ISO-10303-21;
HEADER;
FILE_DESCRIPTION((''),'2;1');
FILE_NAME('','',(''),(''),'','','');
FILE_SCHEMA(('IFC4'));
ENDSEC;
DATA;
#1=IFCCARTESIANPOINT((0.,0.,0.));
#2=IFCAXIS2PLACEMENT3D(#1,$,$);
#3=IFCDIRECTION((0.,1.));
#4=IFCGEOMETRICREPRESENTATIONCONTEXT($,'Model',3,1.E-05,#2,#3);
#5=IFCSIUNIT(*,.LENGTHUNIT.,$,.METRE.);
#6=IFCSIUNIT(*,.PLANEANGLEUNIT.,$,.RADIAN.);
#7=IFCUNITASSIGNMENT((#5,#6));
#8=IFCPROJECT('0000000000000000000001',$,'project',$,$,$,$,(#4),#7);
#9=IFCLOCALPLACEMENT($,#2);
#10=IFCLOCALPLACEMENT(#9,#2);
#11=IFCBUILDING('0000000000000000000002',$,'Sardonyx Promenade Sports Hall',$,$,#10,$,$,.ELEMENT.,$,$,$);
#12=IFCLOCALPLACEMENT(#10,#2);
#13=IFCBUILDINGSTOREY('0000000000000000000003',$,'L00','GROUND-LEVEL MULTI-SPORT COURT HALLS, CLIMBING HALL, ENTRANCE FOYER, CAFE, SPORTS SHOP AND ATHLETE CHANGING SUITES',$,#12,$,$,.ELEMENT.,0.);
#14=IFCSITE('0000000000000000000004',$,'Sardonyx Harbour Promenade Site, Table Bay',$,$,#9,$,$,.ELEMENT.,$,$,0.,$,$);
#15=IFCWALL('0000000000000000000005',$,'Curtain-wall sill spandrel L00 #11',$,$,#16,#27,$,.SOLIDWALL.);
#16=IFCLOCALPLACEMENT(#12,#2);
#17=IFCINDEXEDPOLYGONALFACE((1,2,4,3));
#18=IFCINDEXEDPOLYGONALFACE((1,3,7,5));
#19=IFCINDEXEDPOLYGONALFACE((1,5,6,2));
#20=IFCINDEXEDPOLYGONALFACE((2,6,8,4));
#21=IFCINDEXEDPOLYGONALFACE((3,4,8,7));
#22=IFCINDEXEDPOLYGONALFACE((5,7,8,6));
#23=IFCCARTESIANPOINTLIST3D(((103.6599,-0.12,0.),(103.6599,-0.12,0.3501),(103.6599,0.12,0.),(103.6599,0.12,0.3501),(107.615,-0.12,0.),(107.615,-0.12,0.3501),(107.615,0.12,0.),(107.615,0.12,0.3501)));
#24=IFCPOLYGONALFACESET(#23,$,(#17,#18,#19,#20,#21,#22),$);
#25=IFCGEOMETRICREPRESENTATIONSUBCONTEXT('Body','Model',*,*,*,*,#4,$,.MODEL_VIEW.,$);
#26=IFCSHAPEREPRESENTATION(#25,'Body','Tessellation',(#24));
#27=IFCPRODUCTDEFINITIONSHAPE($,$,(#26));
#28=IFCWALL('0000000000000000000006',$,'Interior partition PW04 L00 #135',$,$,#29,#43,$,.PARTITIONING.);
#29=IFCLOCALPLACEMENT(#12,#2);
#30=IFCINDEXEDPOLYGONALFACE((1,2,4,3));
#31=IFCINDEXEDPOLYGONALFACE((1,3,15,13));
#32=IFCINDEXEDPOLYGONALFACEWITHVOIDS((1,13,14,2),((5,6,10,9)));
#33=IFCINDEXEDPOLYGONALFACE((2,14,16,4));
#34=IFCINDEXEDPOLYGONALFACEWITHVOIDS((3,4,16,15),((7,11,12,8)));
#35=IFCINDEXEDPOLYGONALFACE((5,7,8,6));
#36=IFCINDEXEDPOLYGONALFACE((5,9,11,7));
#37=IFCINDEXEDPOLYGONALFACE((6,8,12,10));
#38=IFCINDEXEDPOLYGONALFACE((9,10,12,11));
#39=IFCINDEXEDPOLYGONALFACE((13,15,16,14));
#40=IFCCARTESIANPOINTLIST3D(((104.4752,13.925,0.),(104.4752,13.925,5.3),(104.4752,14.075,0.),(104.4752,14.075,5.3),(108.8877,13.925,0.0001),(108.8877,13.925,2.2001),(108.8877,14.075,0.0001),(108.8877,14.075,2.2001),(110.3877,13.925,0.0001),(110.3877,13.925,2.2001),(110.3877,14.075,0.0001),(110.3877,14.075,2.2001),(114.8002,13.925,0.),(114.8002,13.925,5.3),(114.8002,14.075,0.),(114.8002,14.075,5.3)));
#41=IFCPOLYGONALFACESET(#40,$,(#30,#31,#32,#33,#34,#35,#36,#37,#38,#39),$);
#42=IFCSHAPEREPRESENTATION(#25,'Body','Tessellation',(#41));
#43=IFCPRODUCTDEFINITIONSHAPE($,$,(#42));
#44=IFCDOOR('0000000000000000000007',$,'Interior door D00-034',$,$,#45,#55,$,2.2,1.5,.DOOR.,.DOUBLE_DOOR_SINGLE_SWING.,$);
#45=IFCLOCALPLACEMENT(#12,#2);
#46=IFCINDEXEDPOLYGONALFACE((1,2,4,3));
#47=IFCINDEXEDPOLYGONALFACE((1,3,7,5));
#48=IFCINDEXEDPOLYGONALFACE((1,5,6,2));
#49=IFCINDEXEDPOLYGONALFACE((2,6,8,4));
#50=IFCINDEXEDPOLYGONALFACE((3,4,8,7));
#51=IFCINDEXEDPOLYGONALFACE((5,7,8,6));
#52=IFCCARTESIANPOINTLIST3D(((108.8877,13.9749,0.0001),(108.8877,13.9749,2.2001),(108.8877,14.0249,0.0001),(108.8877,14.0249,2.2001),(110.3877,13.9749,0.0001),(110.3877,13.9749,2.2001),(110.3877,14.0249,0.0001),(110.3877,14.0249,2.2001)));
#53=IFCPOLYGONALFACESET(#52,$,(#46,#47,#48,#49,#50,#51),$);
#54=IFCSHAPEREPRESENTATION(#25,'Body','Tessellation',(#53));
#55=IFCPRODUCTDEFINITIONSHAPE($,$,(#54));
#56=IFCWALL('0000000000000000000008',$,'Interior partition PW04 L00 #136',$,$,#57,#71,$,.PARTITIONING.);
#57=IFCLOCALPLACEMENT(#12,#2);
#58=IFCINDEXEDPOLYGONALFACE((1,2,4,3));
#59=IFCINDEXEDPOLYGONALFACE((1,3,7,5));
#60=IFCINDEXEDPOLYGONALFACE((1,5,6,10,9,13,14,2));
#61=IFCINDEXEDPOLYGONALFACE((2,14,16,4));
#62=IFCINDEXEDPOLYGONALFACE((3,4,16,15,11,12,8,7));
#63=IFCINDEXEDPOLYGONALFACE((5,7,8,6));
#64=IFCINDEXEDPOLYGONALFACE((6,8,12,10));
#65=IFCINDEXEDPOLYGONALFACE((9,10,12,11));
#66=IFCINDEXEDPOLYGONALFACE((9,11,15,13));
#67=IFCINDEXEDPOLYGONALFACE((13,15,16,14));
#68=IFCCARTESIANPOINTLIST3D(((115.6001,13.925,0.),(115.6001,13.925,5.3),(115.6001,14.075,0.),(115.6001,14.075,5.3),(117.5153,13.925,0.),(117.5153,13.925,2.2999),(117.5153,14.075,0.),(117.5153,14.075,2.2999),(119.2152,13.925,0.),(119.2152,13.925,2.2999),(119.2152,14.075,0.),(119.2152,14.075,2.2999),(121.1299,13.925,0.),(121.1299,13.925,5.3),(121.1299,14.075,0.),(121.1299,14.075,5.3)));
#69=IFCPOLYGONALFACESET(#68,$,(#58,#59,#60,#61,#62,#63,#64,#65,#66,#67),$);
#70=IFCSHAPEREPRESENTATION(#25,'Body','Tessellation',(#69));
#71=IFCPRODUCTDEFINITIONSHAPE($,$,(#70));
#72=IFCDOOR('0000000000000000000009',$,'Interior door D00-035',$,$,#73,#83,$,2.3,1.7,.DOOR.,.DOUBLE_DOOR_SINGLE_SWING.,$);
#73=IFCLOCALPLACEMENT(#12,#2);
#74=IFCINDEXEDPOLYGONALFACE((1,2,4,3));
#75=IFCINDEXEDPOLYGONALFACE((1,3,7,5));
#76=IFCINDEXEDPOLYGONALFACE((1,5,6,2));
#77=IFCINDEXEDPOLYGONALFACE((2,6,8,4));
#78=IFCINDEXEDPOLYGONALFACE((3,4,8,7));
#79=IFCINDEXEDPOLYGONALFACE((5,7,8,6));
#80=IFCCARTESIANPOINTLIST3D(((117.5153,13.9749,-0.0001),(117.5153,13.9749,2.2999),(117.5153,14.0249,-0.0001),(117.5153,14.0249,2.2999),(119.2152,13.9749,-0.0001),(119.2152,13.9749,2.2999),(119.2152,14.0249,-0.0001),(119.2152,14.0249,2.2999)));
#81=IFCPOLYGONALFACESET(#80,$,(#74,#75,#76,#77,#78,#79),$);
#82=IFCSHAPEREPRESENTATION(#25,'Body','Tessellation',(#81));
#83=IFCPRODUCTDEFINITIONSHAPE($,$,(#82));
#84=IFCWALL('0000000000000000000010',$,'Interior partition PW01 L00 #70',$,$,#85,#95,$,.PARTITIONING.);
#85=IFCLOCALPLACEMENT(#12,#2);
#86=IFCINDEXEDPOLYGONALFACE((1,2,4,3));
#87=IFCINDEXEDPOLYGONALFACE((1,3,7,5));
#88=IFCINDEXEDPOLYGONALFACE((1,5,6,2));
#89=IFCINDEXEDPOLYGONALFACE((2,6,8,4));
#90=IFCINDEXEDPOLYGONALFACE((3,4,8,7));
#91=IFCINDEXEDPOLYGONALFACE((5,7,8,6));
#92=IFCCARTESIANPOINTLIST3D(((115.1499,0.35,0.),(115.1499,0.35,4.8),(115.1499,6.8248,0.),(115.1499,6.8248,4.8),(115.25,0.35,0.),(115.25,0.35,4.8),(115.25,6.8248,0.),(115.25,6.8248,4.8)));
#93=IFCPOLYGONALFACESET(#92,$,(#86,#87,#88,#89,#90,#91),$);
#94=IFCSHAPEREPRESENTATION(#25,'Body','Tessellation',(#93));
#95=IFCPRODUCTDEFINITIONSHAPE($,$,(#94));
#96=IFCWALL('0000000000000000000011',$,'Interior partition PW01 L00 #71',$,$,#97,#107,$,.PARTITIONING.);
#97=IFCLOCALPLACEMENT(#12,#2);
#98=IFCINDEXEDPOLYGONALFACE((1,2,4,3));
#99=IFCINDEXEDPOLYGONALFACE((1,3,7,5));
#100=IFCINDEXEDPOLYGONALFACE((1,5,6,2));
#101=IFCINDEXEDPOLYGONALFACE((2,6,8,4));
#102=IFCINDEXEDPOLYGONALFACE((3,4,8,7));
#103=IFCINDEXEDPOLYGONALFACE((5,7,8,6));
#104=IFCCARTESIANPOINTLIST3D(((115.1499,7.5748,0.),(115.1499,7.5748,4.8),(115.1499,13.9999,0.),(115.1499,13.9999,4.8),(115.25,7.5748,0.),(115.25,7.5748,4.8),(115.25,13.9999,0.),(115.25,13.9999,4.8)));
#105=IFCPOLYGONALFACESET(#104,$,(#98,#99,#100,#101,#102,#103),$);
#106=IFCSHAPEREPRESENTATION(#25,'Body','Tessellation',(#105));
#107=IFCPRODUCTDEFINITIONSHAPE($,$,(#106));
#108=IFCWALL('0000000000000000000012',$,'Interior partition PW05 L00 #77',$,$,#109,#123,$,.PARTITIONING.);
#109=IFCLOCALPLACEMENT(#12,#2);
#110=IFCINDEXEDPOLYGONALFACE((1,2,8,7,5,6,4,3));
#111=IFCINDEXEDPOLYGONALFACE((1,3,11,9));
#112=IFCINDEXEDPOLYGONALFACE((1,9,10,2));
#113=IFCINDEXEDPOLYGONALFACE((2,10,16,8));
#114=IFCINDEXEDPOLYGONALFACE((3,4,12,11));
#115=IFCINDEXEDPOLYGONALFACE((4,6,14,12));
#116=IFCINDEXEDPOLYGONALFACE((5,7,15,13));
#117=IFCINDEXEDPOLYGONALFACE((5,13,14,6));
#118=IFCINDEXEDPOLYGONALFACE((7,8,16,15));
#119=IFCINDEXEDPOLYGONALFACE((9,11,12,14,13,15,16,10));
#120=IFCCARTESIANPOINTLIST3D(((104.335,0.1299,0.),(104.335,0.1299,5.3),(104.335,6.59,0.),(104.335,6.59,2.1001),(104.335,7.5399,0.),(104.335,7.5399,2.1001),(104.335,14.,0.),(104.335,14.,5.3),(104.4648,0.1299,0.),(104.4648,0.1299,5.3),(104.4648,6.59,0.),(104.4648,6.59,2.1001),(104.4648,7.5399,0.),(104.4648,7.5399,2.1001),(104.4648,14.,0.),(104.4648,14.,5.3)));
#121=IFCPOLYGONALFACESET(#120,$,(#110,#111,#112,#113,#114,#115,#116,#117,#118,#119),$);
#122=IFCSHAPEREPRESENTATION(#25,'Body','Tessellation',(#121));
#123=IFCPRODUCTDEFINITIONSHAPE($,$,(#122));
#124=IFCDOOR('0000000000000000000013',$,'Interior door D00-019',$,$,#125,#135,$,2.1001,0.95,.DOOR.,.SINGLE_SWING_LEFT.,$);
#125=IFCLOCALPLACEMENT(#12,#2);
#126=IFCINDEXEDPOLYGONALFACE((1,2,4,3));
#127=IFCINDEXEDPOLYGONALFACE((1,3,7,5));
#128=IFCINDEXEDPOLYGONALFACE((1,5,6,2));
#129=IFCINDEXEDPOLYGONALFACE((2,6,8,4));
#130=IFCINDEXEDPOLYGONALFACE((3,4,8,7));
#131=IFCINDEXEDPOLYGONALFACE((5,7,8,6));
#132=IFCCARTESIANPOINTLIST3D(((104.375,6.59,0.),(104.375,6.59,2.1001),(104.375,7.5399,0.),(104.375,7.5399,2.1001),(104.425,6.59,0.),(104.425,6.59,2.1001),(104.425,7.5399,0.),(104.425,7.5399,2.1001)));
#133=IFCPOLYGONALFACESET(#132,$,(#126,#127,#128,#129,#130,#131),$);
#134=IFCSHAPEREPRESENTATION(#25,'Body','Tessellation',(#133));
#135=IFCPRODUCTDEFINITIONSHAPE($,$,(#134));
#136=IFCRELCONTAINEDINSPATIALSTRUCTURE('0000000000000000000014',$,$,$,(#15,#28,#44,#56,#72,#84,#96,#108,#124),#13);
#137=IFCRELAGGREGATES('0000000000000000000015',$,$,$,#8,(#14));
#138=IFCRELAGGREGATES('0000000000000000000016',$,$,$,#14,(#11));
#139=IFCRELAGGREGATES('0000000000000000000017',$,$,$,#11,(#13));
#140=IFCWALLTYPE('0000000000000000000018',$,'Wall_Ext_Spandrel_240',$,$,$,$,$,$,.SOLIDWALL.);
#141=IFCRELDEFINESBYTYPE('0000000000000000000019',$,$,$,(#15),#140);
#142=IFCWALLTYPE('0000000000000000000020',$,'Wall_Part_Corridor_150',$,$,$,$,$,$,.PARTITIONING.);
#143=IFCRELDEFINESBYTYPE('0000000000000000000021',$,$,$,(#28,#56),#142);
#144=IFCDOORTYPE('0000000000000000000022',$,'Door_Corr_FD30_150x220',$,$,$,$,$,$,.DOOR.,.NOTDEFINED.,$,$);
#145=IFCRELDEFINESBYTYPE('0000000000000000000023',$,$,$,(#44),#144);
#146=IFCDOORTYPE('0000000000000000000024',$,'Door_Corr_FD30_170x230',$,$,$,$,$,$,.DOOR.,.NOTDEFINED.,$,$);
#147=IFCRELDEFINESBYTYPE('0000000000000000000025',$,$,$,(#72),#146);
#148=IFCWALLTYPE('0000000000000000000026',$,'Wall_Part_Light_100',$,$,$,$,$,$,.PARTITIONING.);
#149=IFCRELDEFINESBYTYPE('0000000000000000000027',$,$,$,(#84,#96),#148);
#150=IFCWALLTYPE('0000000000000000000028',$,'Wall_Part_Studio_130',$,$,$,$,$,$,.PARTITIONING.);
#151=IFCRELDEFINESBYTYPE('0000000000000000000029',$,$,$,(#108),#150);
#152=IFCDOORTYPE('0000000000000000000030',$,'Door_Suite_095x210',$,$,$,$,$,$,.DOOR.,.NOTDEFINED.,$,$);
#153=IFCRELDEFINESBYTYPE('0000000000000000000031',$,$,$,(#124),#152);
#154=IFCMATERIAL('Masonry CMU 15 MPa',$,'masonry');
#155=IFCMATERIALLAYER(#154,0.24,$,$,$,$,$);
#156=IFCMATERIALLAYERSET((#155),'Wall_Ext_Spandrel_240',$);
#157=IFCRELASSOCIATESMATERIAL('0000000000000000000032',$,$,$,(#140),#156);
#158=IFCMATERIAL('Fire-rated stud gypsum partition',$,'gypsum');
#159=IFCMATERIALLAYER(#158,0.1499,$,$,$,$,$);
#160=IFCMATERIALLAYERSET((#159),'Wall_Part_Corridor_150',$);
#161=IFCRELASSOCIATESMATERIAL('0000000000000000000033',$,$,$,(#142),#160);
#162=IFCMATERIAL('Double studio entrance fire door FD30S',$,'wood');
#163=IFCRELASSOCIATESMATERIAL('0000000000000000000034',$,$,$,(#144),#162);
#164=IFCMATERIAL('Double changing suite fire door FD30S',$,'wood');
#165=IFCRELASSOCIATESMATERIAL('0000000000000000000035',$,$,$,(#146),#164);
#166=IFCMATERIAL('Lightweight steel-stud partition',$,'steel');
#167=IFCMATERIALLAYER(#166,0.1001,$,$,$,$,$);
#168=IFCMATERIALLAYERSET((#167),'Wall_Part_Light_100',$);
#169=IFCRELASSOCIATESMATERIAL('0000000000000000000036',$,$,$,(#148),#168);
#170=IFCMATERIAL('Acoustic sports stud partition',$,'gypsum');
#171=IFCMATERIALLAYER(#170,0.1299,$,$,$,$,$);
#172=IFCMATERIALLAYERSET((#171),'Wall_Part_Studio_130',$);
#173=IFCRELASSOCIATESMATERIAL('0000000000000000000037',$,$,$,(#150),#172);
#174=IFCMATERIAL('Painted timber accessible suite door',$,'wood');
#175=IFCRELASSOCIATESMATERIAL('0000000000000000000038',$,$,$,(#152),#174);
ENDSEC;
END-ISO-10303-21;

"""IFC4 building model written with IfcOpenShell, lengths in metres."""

from ifc_helpers import new_model, si_unit, direction, frame, frame_2d, origin, place, context, subcontext, project, spatial, rectangle, extrude, material, layer, layer_set, type_object, element, fill, save


model = new_model("IFC4")

# Units and contexts
model_context = context("Model", 3, precision=1e-05, world=origin(), true_north=direction((0.0, 1.0)))
body_context = subcontext(model_context, "Body", "Model", "MODEL_VIEW")
ifc_project = project(units=[si_unit("LENGTHUNIT", "METRE"), si_unit("PLANEANGLEUNIT", "RADIAN")], contexts=[model_context])

# Site, building, storey
site_placement = place(None, origin())
site = spatial("IfcSite", under=ifc_project, at=site_placement, Name="Sardonyx Harbour Promenade Site, Table Bay", CompositionType="ELEMENT", RefElevation=0.0)
building_placement = place(site_placement, origin())
building = spatial("IfcBuilding", under=site, at=building_placement, Name="Sardonyx Promenade Sports Hall", CompositionType="ELEMENT")
storey_placement = place(building_placement, origin())
storey = spatial("IfcBuildingStorey", under=building, at=storey_placement, Name="L00", Description="GROUND-LEVEL MULTI-SPORT COURT HALLS, CLIMBING HALL, ENTRANCE FOYER, CAFE, SPORTS SHOP AND ATHLETE CHANGING SUITES", CompositionType="ELEMENT", Elevation=0.0)

# Wall
ifc_material_1 = material(Name="Masonry CMU 15 MPa", Category="masonry")
ifc_layer_1 = layer(ifc_material_1, 0.24)
ifc_layer_set_1 = layer_set([ifc_layer_1], Name="Wall_Ext_Spandrel_240")
wall_type_1 = type_object("IfcWallType", Name="Wall_Ext_Spandrel_240", PredefinedType="SOLIDWALL", material=ifc_layer_set_1)
wall_1_placement = place(storey_placement, frame((107.615, 0.0, 0.0), z_axis=(0.0, 0.0, 1.0), x_axis=(-1.0, 0.0, 0.0)))
element("IfcWall", 1, at=wall_1_placement, inside=storey, type_object=wall_type_1, Name="Curtain-wall sill spandrel L00 #11", PredefinedType="SOLIDWALL", context=body_context, shape_type="SweptSolid", body=[
    extrude(rectangle(XDim=3.9551, YDim=0.24, at=frame_2d((1.9775, 0.0))), origin(), (0.0, 0.0, 1.0), 0.3501),
])

# Walls, openings, doors
ifc_material_2 = material(Name="Fire-rated stud gypsum partition", Category="gypsum")
ifc_layer_2 = layer(ifc_material_2, 0.1499)
ifc_layer_set_2 = layer_set([ifc_layer_2], Name="Wall_Part_Corridor_150")
wall_type_2 = type_object("IfcWallType", Name="Wall_Part_Corridor_150", PredefinedType="PARTITIONING", material=ifc_layer_set_2)
wall_2_placement = place(storey_placement, frame((104.4751, 14.0, 0.0), z_axis=(0.0, 0.0, 1.0), x_axis=(1.0, 0.0, 0.0)))
wall_2 = element("IfcWall", 2, at=wall_2_placement, inside=storey, type_object=wall_type_2, Name="Interior partition PW04 L00 #135", PredefinedType="PARTITIONING", context=body_context, shape_type="SweptSolid", body=[
    extrude(rectangle(XDim=10.325, YDim=0.1499, at=frame_2d((5.1626, 0.0))), origin(), (0.0, 0.0, 1.0), 5.3),
])
opening_1_placement = place(wall_2_placement, frame((4.4126, 0.0, 0.0)))
opening_1 = element("IfcOpeningElement", 3, at=opening_1_placement, cuts=wall_2, PredefinedType="OPENING", context=body_context, shape_type="SweptSolid", body=[
    extrude(rectangle(XDim=1.5, YDim=2.2, at=frame_2d((0.75, 1.1001))), frame((0.0, 0.085, 0.0), z_axis=(0.0, -1.0, 0.0), x_axis=(1.0, 0.0, 0.0)), (0.0, 0.0, 1.0), 0.17),
])
ifc_material_3 = material(Name="Double studio entrance fire door FD30S", Category="wood")
door_type_1 = type_object("IfcDoorType", Name="Door_Corr_FD30_150x220", OperationType="NOTDEFINED", PredefinedType="DOOR", material=ifc_material_3)
door_1_placement = place(opening_1_placement, origin())
door_1 = element("IfcDoor", 4, at=door_1_placement, inside=storey, type_object=door_type_1, Name="Interior door D00-034", OperationType="DOUBLE_DOOR_SINGLE_SWING", OverallHeight=2.2, OverallWidth=1.5, PredefinedType="DOOR", context=body_context, shape_type="SweptSolid", body=[
    extrude(rectangle(XDim=1.5, YDim=2.2, at=frame_2d((0.75, 1.1001))), frame((0.0, 0.0249, 0.0), z_axis=(0.0, -1.0, 0.0), x_axis=(1.0, 0.0, 0.0)), (0.0, 0.0, 1.0), 0.05),
])
fill(opening_1, door_1)
wall_3_placement = place(storey_placement, frame((115.6001, 14.0, 0.0), z_axis=(0.0, 0.0, 1.0), x_axis=(1.0, 0.0, 0.0)))
wall_3 = element("IfcWall", 5, at=wall_3_placement, inside=storey, type_object=wall_type_2, Name="Interior partition PW04 L00 #136", PredefinedType="PARTITIONING", context=body_context, shape_type="SweptSolid", body=[
    extrude(rectangle(XDim=5.5298, YDim=0.1499, at=frame_2d((2.7649, 0.0))), origin(), (0.0, 0.0, 1.0), 5.3),
])
opening_2_placement = place(wall_3_placement, frame((1.915, 0.0, 0.0)))
opening_2 = element("IfcOpeningElement", 6, at=opening_2_placement, cuts=wall_3, PredefinedType="OPENING", context=body_context, shape_type="SweptSolid", body=[
    extrude(rectangle(XDim=1.7, YDim=2.3, at=frame_2d((0.8501, 1.1499))), frame((0.0, 0.085, 0.0), z_axis=(0.0, -1.0, 0.0), x_axis=(1.0, 0.0, 0.0)), (0.0, 0.0, 1.0), 0.17),
])
ifc_material_4 = material(Name="Double changing suite fire door FD30S", Category="wood")
door_type_2 = type_object("IfcDoorType", Name="Door_Corr_FD30_170x230", OperationType="NOTDEFINED", PredefinedType="DOOR", material=ifc_material_4)
door_2_placement = place(opening_2_placement, origin())
door_2 = element("IfcDoor", 7, at=door_2_placement, inside=storey, type_object=door_type_2, Name="Interior door D00-035", OperationType="DOUBLE_DOOR_SINGLE_SWING", OverallHeight=2.3, OverallWidth=1.7, PredefinedType="DOOR", context=body_context, shape_type="SweptSolid", body=[
    extrude(rectangle(XDim=1.7, YDim=2.3, at=frame_2d((0.8501, 1.1499))), frame((0.0, 0.0249, 0.0), z_axis=(0.0, -1.0, 0.0), x_axis=(1.0, 0.0, 0.0)), (0.0, 0.0, 1.0), 0.05),
])
fill(opening_2, door_2)

# Walls
ifc_material_5 = material(Name="Lightweight steel-stud partition", Category="steel")
ifc_layer_3 = layer(ifc_material_5, 0.1001)
ifc_layer_set_3 = layer_set([ifc_layer_3], Name="Wall_Part_Light_100")
wall_type_3 = type_object("IfcWallType", Name="Wall_Part_Light_100", PredefinedType="PARTITIONING", material=ifc_layer_set_3)
wall_4_placement = place(storey_placement, frame((115.2, 0.3501, 0.0), z_axis=(0.0, 0.0, 1.0), x_axis=(0.0, 1.0, 0.0)))
element("IfcWall", 8, at=wall_4_placement, inside=storey, type_object=wall_type_3, Name="Interior partition PW01 L00 #70", PredefinedType="PARTITIONING", context=body_context, shape_type="SweptSolid", body=[
    extrude(rectangle(XDim=6.4749, YDim=0.1001, at=frame_2d((3.2373, 0.0))), origin(), (0.0, 0.0, 1.0), 4.8),
])
wall_5_placement = place(storey_placement, frame((115.2, 7.575, 0.0), z_axis=(0.0, 0.0, 1.0), x_axis=(0.0, 1.0, 0.0)))
element("IfcWall", 9, at=wall_5_placement, inside=storey, type_object=wall_type_3, Name="Interior partition PW01 L00 #71", PredefinedType="PARTITIONING", context=body_context, shape_type="SweptSolid", body=[
    extrude(rectangle(XDim=6.425, YDim=0.1001, at=frame_2d((3.2124, 0.0))), origin(), (0.0, 0.0, 1.0), 4.8),
])

# Wall, opening, door
ifc_material_6 = material(Name="Acoustic sports stud partition", Category="gypsum")
ifc_layer_4 = layer(ifc_material_6, 0.1299)
ifc_layer_set_4 = layer_set([ifc_layer_4], Name="Wall_Part_Studio_130")
wall_type_4 = type_object("IfcWallType", Name="Wall_Part_Studio_130", PredefinedType="PARTITIONING", material=ifc_layer_set_4)
wall_6_placement = place(storey_placement, frame((104.3999, 0.1299, 0.0), z_axis=(0.0, 0.0, 1.0), x_axis=(0.0, 1.0, 0.0)))
wall_6 = element("IfcWall", 10, at=wall_6_placement, inside=storey, type_object=wall_type_4, Name="Interior partition PW05 L00 #77", PredefinedType="PARTITIONING", context=body_context, shape_type="SweptSolid", body=[
    extrude(rectangle(XDim=13.8701, YDim=0.1299, at=frame_2d((6.9351, 0.0))), origin(), (0.0, 0.0, 1.0), 5.3),
])
opening_3_placement = place(wall_6_placement, frame((6.46, 0.0, 0.0)))
opening_3 = element("IfcOpeningElement", 11, at=opening_3_placement, cuts=wall_6, PredefinedType="OPENING", context=body_context, shape_type="SweptSolid", body=[
    extrude(rectangle(XDim=0.95, YDim=2.1001, at=frame_2d((0.4751, 1.05))), frame((0.0, 0.075, 0.0), z_axis=(0.0, -1.0, 0.0), x_axis=(1.0, 0.0, 0.0)), (0.0, 0.0, 1.0), 0.15),
])
ifc_material_7 = material(Name="Painted timber accessible suite door", Category="wood")
door_type_3 = type_object("IfcDoorType", Name="Door_Suite_095x210", OperationType="NOTDEFINED", PredefinedType="DOOR", material=ifc_material_7)
door_3_placement = place(opening_3_placement, origin())
door_3 = element("IfcDoor", 12, at=door_3_placement, inside=storey, type_object=door_type_3, Name="Interior door D00-019", OperationType="SINGLE_SWING_LEFT", OverallHeight=2.1001, OverallWidth=0.95, PredefinedType="DOOR", context=body_context, shape_type="SweptSolid", body=[
    extrude(rectangle(XDim=0.95, YDim=2.1001, at=frame_2d((0.4751, 1.05))), frame((0.0, 0.0249, 0.0), z_axis=(0.0, -1.0, 0.0), x_axis=(1.0, 0.0, 0.0)), (0.0, 0.0, 1.0), 0.05),
])
fill(opening_3, door_3)

save(model, "model.ifc")
